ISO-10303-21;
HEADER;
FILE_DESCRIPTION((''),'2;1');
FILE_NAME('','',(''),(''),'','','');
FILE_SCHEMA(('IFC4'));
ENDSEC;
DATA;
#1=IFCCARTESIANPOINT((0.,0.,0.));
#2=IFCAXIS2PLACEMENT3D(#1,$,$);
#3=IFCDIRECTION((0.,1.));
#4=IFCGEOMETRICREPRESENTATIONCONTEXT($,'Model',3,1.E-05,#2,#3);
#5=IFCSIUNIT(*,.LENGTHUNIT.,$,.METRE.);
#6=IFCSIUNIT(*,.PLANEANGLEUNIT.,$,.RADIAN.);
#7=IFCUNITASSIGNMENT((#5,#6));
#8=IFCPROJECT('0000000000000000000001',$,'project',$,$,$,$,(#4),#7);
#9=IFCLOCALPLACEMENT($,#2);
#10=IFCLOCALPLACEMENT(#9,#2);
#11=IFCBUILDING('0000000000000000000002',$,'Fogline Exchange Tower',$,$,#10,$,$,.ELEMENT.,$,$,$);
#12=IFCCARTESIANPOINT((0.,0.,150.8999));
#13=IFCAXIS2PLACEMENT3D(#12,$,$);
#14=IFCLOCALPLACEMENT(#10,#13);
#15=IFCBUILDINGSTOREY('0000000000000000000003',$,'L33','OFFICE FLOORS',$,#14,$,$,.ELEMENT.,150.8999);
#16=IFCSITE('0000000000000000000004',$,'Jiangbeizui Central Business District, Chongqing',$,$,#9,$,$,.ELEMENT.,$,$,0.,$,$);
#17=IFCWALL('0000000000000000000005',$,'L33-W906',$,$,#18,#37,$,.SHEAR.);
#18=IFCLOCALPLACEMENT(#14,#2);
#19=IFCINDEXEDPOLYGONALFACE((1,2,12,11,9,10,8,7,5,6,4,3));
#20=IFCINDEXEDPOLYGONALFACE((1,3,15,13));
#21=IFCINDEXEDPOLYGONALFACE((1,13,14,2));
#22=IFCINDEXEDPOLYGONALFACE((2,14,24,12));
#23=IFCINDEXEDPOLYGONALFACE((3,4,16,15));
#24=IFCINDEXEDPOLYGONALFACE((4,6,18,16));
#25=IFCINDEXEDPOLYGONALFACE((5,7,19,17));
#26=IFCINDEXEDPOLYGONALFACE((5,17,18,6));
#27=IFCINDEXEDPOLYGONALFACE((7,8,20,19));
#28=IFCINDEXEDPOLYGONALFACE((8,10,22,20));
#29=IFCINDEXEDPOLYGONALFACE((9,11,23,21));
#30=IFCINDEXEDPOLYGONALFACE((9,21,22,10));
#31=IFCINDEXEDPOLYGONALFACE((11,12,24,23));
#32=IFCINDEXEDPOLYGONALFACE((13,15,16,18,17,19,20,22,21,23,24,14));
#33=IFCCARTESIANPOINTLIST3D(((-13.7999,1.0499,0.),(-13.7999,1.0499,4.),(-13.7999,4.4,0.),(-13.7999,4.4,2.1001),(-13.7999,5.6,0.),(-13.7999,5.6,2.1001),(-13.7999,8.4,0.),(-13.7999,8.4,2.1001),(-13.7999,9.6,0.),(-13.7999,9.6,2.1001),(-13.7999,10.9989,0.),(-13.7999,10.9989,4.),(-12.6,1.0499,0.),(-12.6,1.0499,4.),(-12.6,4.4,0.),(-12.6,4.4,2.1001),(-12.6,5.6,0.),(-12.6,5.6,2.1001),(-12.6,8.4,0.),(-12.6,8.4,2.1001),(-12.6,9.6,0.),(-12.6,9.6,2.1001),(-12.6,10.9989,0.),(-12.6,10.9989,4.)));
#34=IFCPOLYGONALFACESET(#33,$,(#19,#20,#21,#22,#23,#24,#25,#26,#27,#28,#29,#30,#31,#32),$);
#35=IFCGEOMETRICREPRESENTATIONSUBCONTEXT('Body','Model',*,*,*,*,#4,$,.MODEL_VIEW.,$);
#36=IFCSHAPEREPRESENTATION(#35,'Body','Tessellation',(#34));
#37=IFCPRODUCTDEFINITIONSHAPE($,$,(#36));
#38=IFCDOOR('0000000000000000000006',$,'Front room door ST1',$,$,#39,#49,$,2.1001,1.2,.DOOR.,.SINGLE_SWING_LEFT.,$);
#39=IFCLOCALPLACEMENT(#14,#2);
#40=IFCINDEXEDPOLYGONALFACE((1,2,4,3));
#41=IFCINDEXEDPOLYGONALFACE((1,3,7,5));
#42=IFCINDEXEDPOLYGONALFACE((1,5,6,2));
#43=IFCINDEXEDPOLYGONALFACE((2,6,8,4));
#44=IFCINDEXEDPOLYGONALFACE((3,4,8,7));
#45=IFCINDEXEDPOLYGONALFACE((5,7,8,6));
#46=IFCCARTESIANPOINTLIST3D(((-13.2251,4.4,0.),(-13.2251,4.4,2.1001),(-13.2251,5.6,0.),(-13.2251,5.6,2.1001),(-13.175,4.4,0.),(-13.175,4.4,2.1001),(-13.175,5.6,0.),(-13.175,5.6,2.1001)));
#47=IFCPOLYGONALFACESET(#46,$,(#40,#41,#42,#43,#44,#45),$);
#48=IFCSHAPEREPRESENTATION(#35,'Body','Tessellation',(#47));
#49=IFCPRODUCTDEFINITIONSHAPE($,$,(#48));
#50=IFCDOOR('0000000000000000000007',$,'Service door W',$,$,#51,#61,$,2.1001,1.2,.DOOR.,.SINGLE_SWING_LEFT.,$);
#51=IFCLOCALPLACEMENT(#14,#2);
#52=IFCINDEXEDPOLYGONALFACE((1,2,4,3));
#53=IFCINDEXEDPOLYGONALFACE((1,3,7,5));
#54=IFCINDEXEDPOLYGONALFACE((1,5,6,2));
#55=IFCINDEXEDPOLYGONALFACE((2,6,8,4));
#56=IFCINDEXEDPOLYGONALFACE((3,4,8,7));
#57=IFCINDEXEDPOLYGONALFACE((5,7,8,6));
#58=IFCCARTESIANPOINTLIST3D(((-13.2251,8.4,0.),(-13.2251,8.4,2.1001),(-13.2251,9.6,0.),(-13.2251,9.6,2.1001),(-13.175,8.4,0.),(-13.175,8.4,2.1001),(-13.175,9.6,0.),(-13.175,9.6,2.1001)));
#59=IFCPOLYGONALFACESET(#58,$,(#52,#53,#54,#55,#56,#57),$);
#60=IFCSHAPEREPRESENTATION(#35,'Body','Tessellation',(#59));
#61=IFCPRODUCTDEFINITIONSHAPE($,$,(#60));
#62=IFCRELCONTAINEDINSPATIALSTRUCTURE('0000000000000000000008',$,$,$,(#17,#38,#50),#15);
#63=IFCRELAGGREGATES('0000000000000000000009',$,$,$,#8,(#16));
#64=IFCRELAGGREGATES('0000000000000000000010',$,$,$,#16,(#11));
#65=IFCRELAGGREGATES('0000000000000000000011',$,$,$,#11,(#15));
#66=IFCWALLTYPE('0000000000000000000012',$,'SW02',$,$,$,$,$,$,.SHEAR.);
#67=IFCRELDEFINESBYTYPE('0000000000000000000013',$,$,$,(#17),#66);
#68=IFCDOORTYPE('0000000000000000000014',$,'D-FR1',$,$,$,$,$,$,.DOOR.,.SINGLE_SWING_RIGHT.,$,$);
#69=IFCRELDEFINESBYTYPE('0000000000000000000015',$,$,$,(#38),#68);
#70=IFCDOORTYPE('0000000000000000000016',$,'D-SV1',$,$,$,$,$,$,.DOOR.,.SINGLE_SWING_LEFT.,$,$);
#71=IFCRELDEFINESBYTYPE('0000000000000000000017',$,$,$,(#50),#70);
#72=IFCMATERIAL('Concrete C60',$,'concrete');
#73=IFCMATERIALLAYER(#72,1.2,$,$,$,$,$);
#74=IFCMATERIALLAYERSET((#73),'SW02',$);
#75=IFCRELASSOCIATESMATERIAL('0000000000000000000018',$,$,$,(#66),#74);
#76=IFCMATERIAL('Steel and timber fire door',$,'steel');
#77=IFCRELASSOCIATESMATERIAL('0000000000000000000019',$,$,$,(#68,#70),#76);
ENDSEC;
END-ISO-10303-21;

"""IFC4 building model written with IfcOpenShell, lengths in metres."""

from ifc_helpers import new_model, si_unit, direction, frame, frame_2d, origin, place, context, subcontext, project, spatial, rectangle, extrude, material, layer, layer_set, type_object, element, fill, save


model = new_model("IFC4")

# Units and contexts
model_context = context("Model", 3, precision=1e-05, world=origin(), true_north=direction((0.0, 1.0)))
body_context = subcontext(model_context, "Body", "Model", "MODEL_VIEW")
ifc_project = project(units=[si_unit("LENGTHUNIT", "METRE"), si_unit("PLANEANGLEUNIT", "RADIAN")], contexts=[model_context])

# Site, building, storey
site_placement = place(None, origin())
site = spatial("IfcSite", under=ifc_project, at=site_placement, Name="Jiangbeizui Central Business District, Chongqing", CompositionType="ELEMENT", RefElevation=0.0)
building_placement = place(site_placement, origin())
building = spatial("IfcBuilding", under=site, at=building_placement, Name="Fogline Exchange Tower", CompositionType="ELEMENT")
storey_placement = place(building_placement, frame((0.0, 0.0, 150.8999)))
storey = spatial("IfcBuildingStorey", under=building, at=storey_placement, Name="L33", Description="OFFICE FLOORS", CompositionType="ELEMENT", Elevation=150.8999)

# Shared definitions
ifc_material_1 = material(Name="Steel and timber fire door", Category="steel")

# Shared definitions
ifc_material_2 = material(Name="Concrete C60", Category="concrete")
ifc_layer_1 = layer(ifc_material_2, 1.2)
ifc_layer_set_1 = layer_set([ifc_layer_1], Name="SW02")
wall_type_1 = type_object("IfcWallType", Name="SW02", PredefinedType="SHEAR", material=ifc_layer_set_1)

# Wall, openings, doors
wall_1_placement = place(storey_placement, frame((-13.2, 10.999, 0.0), z_axis=(0.0, 0.0, 1.0), x_axis=(0.0, -1.0, 0.0)))
wall_1 = element("IfcWall", 1, at=wall_1_placement, inside=storey, type_object=wall_type_1, Name="L33-W906", PredefinedType="SHEAR", context=body_context, shape_type="SweptSolid", body=[
    extrude(rectangle(XDim=9.949, YDim=1.2, at=frame_2d((4.9746, 0.0))), origin(), (0.0, 0.0, 1.0), 4.0),
])
opening_1_placement = place(wall_1_placement, frame((5.3989, 0.0, 0.0)))
opening_1 = element("IfcOpeningElement", 2, at=opening_1_placement, cuts=wall_1, PredefinedType="OPENING", context=body_context, shape_type="SweptSolid", body=[
    extrude(rectangle(XDim=1.2, YDim=2.1001, at=frame_2d((0.6001, 1.05))), frame((0.0, 0.6099, 0.0), z_axis=(0.0, -1.0, 0.0), x_axis=(1.0, 0.0, 0.0)), (0.0, 0.0, 1.0), 1.22),
])
opening_2_placement = place(wall_1_placement, frame((1.3989, 0.0, 0.0)))
opening_2 = element("IfcOpeningElement", 3, at=opening_2_placement, cuts=wall_1, PredefinedType="OPENING", context=body_context, shape_type="SweptSolid", body=[
    extrude(rectangle(XDim=1.2, YDim=2.1001, at=frame_2d((0.6001, 1.05))), frame((0.0, 0.6099, 0.0), z_axis=(0.0, -1.0, 0.0), x_axis=(1.0, 0.0, 0.0)), (0.0, 0.0, 1.0), 1.22),
])
door_type_1 = type_object("IfcDoorType", Name="D-FR1", OperationType="SINGLE_SWING_RIGHT", PredefinedType="DOOR", material=ifc_material_1)
door_1_placement = place(opening_1_placement, origin())
door_1 = element("IfcDoor", 4, at=door_1_placement, inside=storey, type_object=door_type_1, Name="Front room door ST1", OperationType="SINGLE_SWING_LEFT", OverallHeight=2.1001, OverallWidth=1.2, PredefinedType="DOOR", context=body_context, shape_type="SweptSolid", body=[
    extrude(rectangle(XDim=1.2, YDim=2.1001, at=frame_2d((0.6001, 1.05))), frame((0.0, 0.0249, 0.0), z_axis=(0.0, -1.0, 0.0), x_axis=(1.0, 0.0, 0.0)), (0.0, 0.0, 1.0), 0.05),
])
fill(opening_1, door_1)
door_type_2 = type_object("IfcDoorType", Name="D-SV1", OperationType="SINGLE_SWING_LEFT", PredefinedType="DOOR", material=ifc_material_1)
door_2_placement = place(opening_2_placement, origin())
door_2 = element("IfcDoor", 5, at=door_2_placement, inside=storey, type_object=door_type_2, Name="Service door W", OperationType="SINGLE_SWING_LEFT", OverallHeight=2.1001, OverallWidth=1.2, PredefinedType="DOOR", context=body_context, shape_type="SweptSolid", body=[
    extrude(rectangle(XDim=1.2, YDim=2.1001, at=frame_2d((0.6001, 1.05))), frame((0.0, 0.0249, 0.0), z_axis=(0.0, -1.0, 0.0), x_axis=(1.0, 0.0, 0.0)), (0.0, 0.0, 1.0), 0.05),
])
fill(opening_2, door_2)

save(model, "model.ifc")
